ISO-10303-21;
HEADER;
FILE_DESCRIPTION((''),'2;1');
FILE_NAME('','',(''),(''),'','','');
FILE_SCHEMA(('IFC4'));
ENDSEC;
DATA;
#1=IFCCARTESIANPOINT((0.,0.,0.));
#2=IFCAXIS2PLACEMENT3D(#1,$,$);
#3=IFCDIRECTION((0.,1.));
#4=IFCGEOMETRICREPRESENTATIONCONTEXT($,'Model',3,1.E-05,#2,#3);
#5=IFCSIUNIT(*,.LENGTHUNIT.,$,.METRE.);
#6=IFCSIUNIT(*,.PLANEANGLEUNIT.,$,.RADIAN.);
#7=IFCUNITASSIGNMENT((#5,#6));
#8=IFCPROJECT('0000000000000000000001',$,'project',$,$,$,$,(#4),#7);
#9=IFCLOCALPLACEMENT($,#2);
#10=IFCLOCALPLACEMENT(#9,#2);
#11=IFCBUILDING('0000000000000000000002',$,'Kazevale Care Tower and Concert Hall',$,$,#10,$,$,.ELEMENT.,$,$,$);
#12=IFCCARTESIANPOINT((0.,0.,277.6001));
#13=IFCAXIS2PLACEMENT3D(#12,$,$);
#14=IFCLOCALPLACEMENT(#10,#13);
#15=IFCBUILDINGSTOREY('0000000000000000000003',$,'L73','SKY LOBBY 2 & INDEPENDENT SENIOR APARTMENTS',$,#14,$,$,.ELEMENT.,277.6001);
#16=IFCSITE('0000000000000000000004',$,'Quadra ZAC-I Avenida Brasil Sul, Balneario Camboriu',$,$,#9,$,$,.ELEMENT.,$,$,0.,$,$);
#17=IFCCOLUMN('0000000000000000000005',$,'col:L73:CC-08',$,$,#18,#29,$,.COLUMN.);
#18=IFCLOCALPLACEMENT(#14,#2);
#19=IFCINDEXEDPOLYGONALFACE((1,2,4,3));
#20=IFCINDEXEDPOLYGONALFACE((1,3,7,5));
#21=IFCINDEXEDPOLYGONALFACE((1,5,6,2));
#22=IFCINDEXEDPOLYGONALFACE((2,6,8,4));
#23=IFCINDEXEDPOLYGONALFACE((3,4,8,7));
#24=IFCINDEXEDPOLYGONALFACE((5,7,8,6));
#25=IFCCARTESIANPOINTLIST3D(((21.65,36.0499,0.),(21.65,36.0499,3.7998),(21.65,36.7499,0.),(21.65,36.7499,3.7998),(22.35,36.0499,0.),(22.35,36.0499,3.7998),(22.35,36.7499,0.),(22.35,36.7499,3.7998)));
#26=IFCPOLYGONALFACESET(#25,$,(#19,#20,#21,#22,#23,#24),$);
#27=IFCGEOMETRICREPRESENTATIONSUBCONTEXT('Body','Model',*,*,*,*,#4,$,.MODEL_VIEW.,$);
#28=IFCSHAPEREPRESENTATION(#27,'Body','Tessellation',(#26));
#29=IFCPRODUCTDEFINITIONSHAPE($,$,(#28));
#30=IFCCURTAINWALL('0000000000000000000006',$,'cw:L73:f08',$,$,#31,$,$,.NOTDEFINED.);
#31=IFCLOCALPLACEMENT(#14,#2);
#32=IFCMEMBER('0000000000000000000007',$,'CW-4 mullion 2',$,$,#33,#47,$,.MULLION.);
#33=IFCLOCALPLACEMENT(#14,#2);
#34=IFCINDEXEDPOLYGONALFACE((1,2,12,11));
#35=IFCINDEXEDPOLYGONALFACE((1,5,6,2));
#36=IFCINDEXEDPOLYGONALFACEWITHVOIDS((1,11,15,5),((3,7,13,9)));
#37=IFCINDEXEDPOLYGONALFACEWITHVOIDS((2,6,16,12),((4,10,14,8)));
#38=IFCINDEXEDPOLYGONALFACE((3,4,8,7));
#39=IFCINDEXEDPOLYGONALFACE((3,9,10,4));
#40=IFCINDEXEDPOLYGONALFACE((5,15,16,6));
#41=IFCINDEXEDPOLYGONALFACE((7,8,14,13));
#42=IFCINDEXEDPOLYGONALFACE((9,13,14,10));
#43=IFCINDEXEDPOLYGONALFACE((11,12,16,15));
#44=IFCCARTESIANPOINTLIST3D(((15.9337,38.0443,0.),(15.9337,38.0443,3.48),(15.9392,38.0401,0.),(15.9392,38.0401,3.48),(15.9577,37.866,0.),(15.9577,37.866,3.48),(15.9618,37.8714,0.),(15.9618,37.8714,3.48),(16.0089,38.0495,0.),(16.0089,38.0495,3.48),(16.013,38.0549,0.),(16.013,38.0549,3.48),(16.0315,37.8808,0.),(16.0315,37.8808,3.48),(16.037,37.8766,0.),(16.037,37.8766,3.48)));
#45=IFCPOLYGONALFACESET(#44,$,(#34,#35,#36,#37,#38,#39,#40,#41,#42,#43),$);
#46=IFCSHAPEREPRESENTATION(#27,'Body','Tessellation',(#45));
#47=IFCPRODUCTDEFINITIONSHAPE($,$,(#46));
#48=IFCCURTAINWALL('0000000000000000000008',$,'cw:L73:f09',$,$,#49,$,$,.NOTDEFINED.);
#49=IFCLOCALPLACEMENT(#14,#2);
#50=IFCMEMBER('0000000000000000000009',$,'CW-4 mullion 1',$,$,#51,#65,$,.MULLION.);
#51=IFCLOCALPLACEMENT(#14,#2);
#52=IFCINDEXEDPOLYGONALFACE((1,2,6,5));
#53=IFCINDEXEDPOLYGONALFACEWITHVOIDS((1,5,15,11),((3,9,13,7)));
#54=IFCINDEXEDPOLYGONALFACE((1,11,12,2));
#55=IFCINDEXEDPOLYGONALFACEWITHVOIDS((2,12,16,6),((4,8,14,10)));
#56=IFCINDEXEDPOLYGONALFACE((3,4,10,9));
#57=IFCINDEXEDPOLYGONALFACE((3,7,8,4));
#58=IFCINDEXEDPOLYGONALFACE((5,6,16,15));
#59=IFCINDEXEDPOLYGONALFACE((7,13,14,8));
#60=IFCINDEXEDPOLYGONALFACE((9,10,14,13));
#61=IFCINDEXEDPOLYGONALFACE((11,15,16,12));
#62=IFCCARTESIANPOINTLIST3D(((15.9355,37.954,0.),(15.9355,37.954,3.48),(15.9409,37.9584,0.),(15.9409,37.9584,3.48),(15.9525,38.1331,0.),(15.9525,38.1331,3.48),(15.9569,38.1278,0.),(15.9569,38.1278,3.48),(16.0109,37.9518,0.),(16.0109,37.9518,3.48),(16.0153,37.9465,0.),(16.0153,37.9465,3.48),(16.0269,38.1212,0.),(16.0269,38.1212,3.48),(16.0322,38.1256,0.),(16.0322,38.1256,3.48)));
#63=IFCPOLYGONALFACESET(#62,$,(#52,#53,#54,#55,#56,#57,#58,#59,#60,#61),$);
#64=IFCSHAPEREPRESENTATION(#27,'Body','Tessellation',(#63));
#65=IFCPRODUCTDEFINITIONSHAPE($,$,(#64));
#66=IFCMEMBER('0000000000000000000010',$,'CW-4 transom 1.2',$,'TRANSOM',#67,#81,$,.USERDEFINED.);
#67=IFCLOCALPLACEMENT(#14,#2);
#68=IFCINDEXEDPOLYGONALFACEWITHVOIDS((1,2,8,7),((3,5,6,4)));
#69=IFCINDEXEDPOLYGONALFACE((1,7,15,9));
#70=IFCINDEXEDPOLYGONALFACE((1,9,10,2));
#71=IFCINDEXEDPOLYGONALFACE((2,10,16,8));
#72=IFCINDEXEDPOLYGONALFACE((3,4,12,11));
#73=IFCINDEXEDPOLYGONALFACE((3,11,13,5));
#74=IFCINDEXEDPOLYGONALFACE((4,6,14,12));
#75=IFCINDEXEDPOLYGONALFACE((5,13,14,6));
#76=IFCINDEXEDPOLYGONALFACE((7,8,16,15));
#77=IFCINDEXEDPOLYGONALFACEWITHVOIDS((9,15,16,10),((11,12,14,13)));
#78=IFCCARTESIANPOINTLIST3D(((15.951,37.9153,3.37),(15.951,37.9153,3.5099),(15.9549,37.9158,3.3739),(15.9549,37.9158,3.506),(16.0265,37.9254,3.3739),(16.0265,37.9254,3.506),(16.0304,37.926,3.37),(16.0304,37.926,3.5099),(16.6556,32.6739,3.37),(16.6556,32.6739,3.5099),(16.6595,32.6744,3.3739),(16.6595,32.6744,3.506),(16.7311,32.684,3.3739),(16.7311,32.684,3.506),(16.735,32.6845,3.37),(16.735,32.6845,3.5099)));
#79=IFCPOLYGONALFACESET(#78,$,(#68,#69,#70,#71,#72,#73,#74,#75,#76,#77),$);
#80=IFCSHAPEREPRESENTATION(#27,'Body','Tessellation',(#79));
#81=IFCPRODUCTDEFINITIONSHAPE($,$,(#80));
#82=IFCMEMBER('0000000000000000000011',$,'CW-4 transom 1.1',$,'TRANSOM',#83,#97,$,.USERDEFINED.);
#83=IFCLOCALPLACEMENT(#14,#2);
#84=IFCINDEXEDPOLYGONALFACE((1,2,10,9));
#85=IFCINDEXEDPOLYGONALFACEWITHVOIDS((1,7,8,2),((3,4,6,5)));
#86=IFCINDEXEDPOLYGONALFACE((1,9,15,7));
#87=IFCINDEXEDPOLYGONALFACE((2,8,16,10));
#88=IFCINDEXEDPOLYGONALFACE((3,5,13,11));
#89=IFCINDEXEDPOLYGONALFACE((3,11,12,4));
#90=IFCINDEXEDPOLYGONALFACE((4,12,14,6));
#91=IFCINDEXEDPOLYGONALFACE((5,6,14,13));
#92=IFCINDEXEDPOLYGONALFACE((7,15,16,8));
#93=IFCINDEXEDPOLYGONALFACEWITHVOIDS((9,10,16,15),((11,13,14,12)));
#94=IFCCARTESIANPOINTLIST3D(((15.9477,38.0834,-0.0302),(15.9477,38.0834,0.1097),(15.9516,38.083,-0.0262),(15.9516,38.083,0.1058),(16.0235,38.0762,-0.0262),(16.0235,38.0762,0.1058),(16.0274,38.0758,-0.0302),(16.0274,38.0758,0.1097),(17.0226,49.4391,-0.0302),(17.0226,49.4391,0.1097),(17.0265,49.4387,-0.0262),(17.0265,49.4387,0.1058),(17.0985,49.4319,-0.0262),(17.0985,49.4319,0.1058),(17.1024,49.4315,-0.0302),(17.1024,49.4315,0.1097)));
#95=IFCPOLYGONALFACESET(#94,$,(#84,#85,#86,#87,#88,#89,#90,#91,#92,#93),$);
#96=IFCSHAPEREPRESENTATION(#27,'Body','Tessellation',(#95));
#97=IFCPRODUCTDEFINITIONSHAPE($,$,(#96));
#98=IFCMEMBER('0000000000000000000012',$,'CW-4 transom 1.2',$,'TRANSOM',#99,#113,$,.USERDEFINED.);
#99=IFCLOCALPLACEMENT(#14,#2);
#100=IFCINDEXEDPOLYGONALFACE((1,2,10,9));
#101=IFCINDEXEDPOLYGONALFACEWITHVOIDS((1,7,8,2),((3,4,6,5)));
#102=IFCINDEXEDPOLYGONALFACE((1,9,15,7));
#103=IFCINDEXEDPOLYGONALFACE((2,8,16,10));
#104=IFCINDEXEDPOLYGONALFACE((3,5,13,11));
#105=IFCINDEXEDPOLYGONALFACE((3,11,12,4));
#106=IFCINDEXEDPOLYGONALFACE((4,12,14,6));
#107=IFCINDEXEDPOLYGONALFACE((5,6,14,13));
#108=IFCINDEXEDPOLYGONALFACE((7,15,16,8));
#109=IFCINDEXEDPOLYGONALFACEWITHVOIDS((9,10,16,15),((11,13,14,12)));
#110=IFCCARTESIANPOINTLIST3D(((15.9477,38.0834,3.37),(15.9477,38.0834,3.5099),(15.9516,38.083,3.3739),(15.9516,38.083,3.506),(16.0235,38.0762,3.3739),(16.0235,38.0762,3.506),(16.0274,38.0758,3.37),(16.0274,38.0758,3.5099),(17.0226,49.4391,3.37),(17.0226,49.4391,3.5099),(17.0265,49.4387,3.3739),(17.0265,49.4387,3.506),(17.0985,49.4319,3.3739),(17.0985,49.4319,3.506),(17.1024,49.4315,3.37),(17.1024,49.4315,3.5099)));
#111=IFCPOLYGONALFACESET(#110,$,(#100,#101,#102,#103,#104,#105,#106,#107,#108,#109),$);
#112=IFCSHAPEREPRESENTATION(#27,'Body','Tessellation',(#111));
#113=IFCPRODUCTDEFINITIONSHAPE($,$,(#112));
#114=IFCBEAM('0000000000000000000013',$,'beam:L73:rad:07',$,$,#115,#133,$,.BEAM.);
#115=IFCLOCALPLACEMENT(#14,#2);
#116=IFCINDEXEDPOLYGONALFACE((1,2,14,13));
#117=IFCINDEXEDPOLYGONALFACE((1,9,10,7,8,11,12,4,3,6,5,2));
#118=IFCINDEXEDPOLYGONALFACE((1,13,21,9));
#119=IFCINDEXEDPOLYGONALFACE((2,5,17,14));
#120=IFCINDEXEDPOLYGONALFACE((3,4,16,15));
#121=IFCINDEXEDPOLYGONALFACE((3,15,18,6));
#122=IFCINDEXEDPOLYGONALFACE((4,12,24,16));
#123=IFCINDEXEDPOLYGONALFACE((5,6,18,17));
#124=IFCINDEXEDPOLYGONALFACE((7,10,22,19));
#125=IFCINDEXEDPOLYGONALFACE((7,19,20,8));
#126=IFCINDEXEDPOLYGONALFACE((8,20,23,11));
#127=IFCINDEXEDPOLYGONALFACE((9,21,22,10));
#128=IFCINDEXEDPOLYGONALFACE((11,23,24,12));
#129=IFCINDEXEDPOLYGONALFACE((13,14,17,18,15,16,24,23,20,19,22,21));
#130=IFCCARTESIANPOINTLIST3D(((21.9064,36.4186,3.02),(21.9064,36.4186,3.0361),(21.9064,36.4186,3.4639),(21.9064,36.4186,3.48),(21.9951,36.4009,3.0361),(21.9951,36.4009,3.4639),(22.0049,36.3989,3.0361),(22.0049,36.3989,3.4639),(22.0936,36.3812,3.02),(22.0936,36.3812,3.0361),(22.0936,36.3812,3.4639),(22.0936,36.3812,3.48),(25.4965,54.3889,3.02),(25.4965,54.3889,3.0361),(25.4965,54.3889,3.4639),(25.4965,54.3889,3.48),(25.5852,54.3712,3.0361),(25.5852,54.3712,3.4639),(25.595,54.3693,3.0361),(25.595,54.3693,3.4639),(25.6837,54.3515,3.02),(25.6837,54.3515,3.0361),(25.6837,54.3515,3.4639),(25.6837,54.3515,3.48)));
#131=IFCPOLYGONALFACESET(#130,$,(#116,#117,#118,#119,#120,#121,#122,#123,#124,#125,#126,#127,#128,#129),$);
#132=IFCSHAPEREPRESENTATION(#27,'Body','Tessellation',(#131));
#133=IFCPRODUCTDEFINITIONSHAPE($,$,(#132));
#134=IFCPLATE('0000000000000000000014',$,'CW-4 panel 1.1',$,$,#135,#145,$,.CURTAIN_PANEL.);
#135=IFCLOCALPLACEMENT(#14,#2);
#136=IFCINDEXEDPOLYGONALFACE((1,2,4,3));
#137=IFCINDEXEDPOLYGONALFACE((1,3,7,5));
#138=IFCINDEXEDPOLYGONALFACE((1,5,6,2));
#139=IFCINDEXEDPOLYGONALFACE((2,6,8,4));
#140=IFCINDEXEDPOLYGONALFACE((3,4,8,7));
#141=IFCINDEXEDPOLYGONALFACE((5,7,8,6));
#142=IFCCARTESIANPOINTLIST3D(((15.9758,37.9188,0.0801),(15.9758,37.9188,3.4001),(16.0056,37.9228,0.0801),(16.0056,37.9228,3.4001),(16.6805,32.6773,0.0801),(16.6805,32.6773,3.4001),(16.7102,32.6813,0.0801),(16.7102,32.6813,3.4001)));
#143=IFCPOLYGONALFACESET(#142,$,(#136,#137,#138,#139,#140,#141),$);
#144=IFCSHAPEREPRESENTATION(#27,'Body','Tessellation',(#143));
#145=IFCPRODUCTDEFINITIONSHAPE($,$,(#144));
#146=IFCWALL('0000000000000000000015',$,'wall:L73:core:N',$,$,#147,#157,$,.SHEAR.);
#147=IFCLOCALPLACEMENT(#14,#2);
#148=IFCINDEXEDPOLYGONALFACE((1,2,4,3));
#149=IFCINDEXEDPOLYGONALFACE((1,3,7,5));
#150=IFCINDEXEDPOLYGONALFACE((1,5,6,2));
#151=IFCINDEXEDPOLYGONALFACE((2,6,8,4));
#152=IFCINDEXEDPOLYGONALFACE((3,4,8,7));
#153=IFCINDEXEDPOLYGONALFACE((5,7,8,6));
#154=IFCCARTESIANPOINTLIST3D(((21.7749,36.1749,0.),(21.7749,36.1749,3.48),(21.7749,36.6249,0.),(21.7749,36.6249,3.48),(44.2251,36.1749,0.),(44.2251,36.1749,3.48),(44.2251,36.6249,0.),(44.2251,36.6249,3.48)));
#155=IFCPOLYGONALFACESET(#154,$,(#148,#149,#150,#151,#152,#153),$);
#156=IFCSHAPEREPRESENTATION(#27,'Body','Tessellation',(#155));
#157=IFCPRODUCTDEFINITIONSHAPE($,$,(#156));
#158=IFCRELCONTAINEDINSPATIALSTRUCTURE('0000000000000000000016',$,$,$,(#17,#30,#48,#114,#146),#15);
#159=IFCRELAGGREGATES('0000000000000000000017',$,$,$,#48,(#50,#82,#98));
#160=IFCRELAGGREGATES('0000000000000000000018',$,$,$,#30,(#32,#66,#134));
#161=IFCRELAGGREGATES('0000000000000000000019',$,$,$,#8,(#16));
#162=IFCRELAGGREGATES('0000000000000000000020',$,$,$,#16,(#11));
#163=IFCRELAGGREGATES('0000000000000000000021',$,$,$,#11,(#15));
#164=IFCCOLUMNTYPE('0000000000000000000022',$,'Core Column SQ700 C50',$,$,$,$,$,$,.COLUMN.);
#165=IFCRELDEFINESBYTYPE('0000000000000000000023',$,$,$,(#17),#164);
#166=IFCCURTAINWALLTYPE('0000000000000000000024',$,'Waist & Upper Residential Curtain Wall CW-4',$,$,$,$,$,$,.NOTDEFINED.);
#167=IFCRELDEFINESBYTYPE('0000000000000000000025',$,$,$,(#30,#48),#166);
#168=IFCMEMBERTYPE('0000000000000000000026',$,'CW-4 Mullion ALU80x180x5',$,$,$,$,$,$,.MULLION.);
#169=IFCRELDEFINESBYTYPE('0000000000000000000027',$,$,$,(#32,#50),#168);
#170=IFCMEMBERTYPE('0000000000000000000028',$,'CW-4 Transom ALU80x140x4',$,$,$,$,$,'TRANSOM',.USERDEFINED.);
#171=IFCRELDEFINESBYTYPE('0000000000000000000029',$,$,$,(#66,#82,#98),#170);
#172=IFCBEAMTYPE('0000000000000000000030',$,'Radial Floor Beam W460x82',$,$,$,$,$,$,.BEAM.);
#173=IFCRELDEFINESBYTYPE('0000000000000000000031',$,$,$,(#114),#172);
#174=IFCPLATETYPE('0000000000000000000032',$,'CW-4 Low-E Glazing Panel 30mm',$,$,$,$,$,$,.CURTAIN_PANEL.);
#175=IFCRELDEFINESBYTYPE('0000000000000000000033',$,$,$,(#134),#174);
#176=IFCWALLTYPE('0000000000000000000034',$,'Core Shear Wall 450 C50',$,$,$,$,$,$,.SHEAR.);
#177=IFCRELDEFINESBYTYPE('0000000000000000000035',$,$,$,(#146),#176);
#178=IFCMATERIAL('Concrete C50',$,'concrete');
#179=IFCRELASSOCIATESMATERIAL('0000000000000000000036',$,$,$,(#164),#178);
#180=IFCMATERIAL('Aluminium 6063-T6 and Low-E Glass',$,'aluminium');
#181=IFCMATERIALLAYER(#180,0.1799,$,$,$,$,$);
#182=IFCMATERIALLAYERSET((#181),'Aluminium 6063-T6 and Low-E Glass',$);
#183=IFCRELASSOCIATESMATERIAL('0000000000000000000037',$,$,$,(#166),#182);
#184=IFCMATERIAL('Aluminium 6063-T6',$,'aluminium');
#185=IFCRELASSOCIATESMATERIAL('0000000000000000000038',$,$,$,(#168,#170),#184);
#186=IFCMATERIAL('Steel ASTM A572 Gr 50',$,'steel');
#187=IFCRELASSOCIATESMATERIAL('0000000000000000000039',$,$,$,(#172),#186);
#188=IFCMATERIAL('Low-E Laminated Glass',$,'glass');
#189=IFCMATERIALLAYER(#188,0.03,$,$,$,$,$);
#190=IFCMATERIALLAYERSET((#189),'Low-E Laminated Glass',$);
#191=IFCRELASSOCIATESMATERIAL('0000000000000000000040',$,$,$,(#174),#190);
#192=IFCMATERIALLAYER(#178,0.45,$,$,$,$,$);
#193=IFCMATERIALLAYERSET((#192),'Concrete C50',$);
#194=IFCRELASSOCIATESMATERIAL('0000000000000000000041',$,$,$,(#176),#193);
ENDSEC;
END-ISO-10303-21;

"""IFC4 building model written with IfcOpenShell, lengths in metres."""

from ifc_helpers import new_model, si_unit, direction, frame, frame_2d, origin, origin_2d, place, context, subcontext, project, spatial, rectangle, hollow_rectangle, i_section, extrude, material, layer, layer_set, material_profile, profile_set, type_object, element, aggregate, save


model = new_model("IFC4")

# Units and contexts
model_context = context("Model", 3, precision=1e-05, world=origin(), true_north=direction((0.0, 1.0)))
body_context = subcontext(model_context, "Body", "Model", "MODEL_VIEW")
ifc_project = project(units=[si_unit("LENGTHUNIT", "METRE"), si_unit("PLANEANGLEUNIT", "RADIAN")], contexts=[model_context])

# Site, building, storey
site_placement = place(None, origin())
site = spatial("IfcSite", under=ifc_project, at=site_placement, Name="Quadra ZAC-I Avenida Brasil Sul, Balneario Camboriu", CompositionType="ELEMENT", RefElevation=0.0)
building_placement = place(site_placement, origin())
building = spatial("IfcBuilding", under=site, at=building_placement, Name="Kazevale Care Tower and Concert Hall", CompositionType="ELEMENT")
storey_placement = place(building_placement, frame((0.0, 0.0, 277.6001)))
storey = spatial("IfcBuildingStorey", under=building, at=storey_placement, Name="L73", Description="SKY LOBBY 2 & INDEPENDENT SENIOR APARTMENTS", CompositionType="ELEMENT", Elevation=277.6001)

# Column
ifc_material_1 = material(Name="Concrete C50", Category="concrete")
ifc_material_profile_1 = material_profile(ifc_material_1, rectangle(XDim=0.7, YDim=0.7, at=origin_2d()), Name="RC-SQ700")
ifc_profile_set_1 = profile_set([ifc_material_profile_1], Name="Concrete C50")
column_type = type_object("IfcColumnType", Name="Core Column SQ700 C50", PredefinedType="COLUMN", material=ifc_profile_set_1)
column_placement = place(storey_placement, frame((22.0, 36.3999, 0.0), z_axis=(0.0, 0.0, 1.0), x_axis=(1.0, 0.0, 0.0)))
element("IfcColumn", 1, at=column_placement, inside=storey, type_object=column_type, Name="col:L73:CC-08", PredefinedType="COLUMN", context=body_context, shape_type="SweptSolid", body=[
    extrude(rectangle(XDim=0.7, YDim=0.7, at=origin_2d()), origin(), (0.0, 0.0, 1.0), 3.7998),
])

# Curtain walls, members
ifc_material_2 = material(Name="Aluminium 6063-T6 and Low-E Glass", Category="aluminium")
ifc_layer_1 = layer(ifc_material_2, 0.1799)
ifc_layer_set_1 = layer_set([ifc_layer_1], Name="Aluminium 6063-T6 and Low-E Glass")
curtain_wall_type = type_object("IfcCurtainWallType", Name="Waist & Upper Residential Curtain Wall CW-4", PredefinedType="NOTDEFINED", material=ifc_layer_set_1)
curtain_wall_1_placement = place(storey_placement, origin())
curtain_wall_1 = element("IfcCurtainWall", 2, at=curtain_wall_1_placement, inside=storey, type_object=curtain_wall_type, Name="cw:L73:f08", PredefinedType="NOTDEFINED")
ifc_material_3 = material(Name="Aluminium 6063-T6", Category="aluminium")
ifc_material_profile_2 = material_profile(ifc_material_3, hollow_rectangle(XDim=0.0801, YDim=0.1799, WallThickness=0.0049, at=origin_2d()), Name="ALU80x180x5")
ifc_profile_set_2 = profile_set([ifc_material_profile_2], Name="Aluminium 6063-T6")
member_type_1 = type_object("IfcMemberType", Name="CW-4 Mullion ALU80x180x5", PredefinedType="MULLION", material=ifc_profile_set_2)
member_1_placement = place(storey_placement, frame((15.9854, 37.9604, 0.0), z_axis=(0.0, 0.0, 1.0), x_axis=(-0.991083, -0.133246, 0.0)))
member_1 = element("IfcMember", 3, at=member_1_placement, type_object=member_type_1, Name="CW-4 mullion 2", PredefinedType="MULLION", context=body_context, shape_type="SweptSolid", body=[
    extrude(hollow_rectangle(XDim=0.0801, YDim=0.1799, WallThickness=0.0049, at=origin_2d()), origin(), (0.0, 0.0, 1.0), 3.48),
])
curtain_wall_2_placement = place(storey_placement, origin())
curtain_wall_2 = element("IfcCurtainWall", 4, at=curtain_wall_2_placement, inside=storey, type_object=curtain_wall_type, Name="cw:L73:f09", PredefinedType="NOTDEFINED")
member_2_placement = place(storey_placement, frame((15.9839, 38.0398, 0.0), z_axis=(0.0, 0.0, 1.0), x_axis=(-0.99555, 0.094238, 0.0)))
member_2 = element("IfcMember", 5, at=member_2_placement, type_object=member_type_1, Name="CW-4 mullion 1", PredefinedType="MULLION", context=body_context, shape_type="SweptSolid", body=[
    extrude(hollow_rectangle(XDim=0.0801, YDim=0.1799, WallThickness=0.0049, at=origin_2d()), origin(), (0.0, 0.0, 1.0), 3.48),
])

# Members
ifc_material_profile_3 = material_profile(ifc_material_3, hollow_rectangle(XDim=0.0801, YDim=0.1399, WallThickness=0.0039, at=origin_2d()), Name="ALU80x140x4")
ifc_profile_set_3 = profile_set([ifc_material_profile_3], Name="Aluminium 6063-T6")
member_type_2 = type_object("IfcMemberType", Name="CW-4 Transom ALU80x140x4", ElementType="TRANSOM", PredefinedType="USERDEFINED", material=ifc_profile_set_3)
member_3_placement = place(storey_placement, frame((16.6953, 32.6792, 3.4399), z_axis=(-0.133228, 0.991085, 0.0), x_axis=(-0.991085, -0.133228, 0.0)))
member_3 = element("IfcMember", 6, at=member_3_placement, type_object=member_type_2, Name="CW-4 transom 1.2", ObjectType="TRANSOM", PredefinedType="USERDEFINED", context=body_context, shape_type="SweptSolid", body=[
    extrude(hollow_rectangle(XDim=0.0801, YDim=0.1399, WallThickness=0.0039, at=origin_2d()), origin(), (0.0, 0.0, 1.0), 5.2886),
])
member_4_placement = place(storey_placement, frame((15.9875, 38.0796, 0.0398), z_axis=(0.09424, 0.995549, 0.0), x_axis=(-0.995549, 0.09424, 0.0)))
member_4 = element("IfcMember", 7, at=member_4_placement, type_object=member_type_2, Name="CW-4 transom 1.1", ObjectType="TRANSOM", PredefinedType="USERDEFINED", context=body_context, shape_type="SweptSolid", body=[
    extrude(hollow_rectangle(XDim=0.0801, YDim=0.1399, WallThickness=0.0039, at=origin_2d()), origin(), (0.0, 0.0, 1.0), 11.4065),
])
member_5_placement = place(storey_placement, frame((15.9875, 38.0796, 3.4399), z_axis=(0.09424, 0.995549, 0.0), x_axis=(-0.995549, 0.09424, 0.0)))
member_5 = element("IfcMember", 8, at=member_5_placement, type_object=member_type_2, Name="CW-4 transom 1.2", ObjectType="TRANSOM", PredefinedType="USERDEFINED", context=body_context, shape_type="SweptSolid", body=[
    extrude(hollow_rectangle(XDim=0.0801, YDim=0.1399, WallThickness=0.0039, at=origin_2d()), origin(), (0.0, 0.0, 1.0), 11.4065),
])
aggregate(curtain_wall_2, [member_2, member_4, member_5])

# Beam
ifc_material_4 = material(Name="Steel ASTM A572 Gr 50", Category="steel")
ifc_material_profile_4 = material_profile(ifc_material_4, i_section(OverallWidth=0.1909, OverallDepth=0.46, WebThickness=0.01, FlangeThickness=0.0161, at=origin_2d()), Name="W460x82")
ifc_profile_set_4 = profile_set([ifc_material_profile_4], Name="Steel ASTM A572 Gr 50")
beam_type = type_object("IfcBeamType", Name="Radial Floor Beam W460x82", PredefinedType="BEAM", material=ifc_profile_set_4)
beam_placement = place(storey_placement, frame((22.0, 36.3999, 3.25), z_axis=(0.195909, 0.980622, 0.0), x_axis=(-0.980622, 0.195909, 0.0)))
element("IfcBeam", 9, at=beam_placement, inside=storey, type_object=beam_type, Name="beam:L73:rad:07", PredefinedType="BEAM", context=body_context, shape_type="SweptSolid", body=[
    extrude(i_section(OverallWidth=0.1909, OverallDepth=0.46, WebThickness=0.01, FlangeThickness=0.0161, at=origin_2d()), origin(), (0.0, 0.0, 1.0), 18.3254),
])

# Plate
ifc_material_5 = material(Name="Low-E Laminated Glass", Category="glass")
ifc_layer_2 = layer(ifc_material_5, 0.03)
ifc_layer_set_2 = layer_set([ifc_layer_2], Name="Low-E Laminated Glass")
plate_type = type_object("IfcPlateType", Name="CW-4 Low-E Glazing Panel 30mm", PredefinedType="CURTAIN_PANEL", material=ifc_layer_set_2)
plate_placement = place(storey_placement, frame((16.343, 35.3, 0.0801), z_axis=(0.0, 0.0, 1.0), x_axis=(-0.133246, 0.991083, 0.0)))
plate = element("IfcPlate", 10, at=plate_placement, type_object=plate_type, Name="CW-4 panel 1.1", PredefinedType="CURTAIN_PANEL", context=body_context, shape_type="SweptSolid", body=[
    extrude(rectangle(XDim=5.2886, YDim=0.03, at=origin_2d()), origin(), (0.0, 0.0, 1.0), 3.3201),
])
aggregate(curtain_wall_1, [member_1, member_3, plate])

# Wall
ifc_layer_3 = layer(ifc_material_1, 0.45)
ifc_layer_set_3 = layer_set([ifc_layer_3], Name="Concrete C50")
wall_type_1 = type_object("IfcWallType", Name="Core Shear Wall 450 C50", PredefinedType="SHEAR", material=ifc_layer_set_3)
wall_1_placement = place(storey_placement, frame((21.7749, 36.3999, 0.0), z_axis=(0.0, 0.0, 1.0), x_axis=(1.0, 0.0, 0.0)))
element("IfcWall", 11, at=wall_1_placement, inside=storey, type_object=wall_type_1, Name="wall:L73:core:N", PredefinedType="SHEAR", context=body_context, shape_type="SweptSolid", body=[
    extrude(rectangle(XDim=22.4502, YDim=0.45, at=frame_2d((11.2251, 0.0))), origin(), (0.0, 0.0, 1.0), 3.48),
])

save(model, "model.ifc")
